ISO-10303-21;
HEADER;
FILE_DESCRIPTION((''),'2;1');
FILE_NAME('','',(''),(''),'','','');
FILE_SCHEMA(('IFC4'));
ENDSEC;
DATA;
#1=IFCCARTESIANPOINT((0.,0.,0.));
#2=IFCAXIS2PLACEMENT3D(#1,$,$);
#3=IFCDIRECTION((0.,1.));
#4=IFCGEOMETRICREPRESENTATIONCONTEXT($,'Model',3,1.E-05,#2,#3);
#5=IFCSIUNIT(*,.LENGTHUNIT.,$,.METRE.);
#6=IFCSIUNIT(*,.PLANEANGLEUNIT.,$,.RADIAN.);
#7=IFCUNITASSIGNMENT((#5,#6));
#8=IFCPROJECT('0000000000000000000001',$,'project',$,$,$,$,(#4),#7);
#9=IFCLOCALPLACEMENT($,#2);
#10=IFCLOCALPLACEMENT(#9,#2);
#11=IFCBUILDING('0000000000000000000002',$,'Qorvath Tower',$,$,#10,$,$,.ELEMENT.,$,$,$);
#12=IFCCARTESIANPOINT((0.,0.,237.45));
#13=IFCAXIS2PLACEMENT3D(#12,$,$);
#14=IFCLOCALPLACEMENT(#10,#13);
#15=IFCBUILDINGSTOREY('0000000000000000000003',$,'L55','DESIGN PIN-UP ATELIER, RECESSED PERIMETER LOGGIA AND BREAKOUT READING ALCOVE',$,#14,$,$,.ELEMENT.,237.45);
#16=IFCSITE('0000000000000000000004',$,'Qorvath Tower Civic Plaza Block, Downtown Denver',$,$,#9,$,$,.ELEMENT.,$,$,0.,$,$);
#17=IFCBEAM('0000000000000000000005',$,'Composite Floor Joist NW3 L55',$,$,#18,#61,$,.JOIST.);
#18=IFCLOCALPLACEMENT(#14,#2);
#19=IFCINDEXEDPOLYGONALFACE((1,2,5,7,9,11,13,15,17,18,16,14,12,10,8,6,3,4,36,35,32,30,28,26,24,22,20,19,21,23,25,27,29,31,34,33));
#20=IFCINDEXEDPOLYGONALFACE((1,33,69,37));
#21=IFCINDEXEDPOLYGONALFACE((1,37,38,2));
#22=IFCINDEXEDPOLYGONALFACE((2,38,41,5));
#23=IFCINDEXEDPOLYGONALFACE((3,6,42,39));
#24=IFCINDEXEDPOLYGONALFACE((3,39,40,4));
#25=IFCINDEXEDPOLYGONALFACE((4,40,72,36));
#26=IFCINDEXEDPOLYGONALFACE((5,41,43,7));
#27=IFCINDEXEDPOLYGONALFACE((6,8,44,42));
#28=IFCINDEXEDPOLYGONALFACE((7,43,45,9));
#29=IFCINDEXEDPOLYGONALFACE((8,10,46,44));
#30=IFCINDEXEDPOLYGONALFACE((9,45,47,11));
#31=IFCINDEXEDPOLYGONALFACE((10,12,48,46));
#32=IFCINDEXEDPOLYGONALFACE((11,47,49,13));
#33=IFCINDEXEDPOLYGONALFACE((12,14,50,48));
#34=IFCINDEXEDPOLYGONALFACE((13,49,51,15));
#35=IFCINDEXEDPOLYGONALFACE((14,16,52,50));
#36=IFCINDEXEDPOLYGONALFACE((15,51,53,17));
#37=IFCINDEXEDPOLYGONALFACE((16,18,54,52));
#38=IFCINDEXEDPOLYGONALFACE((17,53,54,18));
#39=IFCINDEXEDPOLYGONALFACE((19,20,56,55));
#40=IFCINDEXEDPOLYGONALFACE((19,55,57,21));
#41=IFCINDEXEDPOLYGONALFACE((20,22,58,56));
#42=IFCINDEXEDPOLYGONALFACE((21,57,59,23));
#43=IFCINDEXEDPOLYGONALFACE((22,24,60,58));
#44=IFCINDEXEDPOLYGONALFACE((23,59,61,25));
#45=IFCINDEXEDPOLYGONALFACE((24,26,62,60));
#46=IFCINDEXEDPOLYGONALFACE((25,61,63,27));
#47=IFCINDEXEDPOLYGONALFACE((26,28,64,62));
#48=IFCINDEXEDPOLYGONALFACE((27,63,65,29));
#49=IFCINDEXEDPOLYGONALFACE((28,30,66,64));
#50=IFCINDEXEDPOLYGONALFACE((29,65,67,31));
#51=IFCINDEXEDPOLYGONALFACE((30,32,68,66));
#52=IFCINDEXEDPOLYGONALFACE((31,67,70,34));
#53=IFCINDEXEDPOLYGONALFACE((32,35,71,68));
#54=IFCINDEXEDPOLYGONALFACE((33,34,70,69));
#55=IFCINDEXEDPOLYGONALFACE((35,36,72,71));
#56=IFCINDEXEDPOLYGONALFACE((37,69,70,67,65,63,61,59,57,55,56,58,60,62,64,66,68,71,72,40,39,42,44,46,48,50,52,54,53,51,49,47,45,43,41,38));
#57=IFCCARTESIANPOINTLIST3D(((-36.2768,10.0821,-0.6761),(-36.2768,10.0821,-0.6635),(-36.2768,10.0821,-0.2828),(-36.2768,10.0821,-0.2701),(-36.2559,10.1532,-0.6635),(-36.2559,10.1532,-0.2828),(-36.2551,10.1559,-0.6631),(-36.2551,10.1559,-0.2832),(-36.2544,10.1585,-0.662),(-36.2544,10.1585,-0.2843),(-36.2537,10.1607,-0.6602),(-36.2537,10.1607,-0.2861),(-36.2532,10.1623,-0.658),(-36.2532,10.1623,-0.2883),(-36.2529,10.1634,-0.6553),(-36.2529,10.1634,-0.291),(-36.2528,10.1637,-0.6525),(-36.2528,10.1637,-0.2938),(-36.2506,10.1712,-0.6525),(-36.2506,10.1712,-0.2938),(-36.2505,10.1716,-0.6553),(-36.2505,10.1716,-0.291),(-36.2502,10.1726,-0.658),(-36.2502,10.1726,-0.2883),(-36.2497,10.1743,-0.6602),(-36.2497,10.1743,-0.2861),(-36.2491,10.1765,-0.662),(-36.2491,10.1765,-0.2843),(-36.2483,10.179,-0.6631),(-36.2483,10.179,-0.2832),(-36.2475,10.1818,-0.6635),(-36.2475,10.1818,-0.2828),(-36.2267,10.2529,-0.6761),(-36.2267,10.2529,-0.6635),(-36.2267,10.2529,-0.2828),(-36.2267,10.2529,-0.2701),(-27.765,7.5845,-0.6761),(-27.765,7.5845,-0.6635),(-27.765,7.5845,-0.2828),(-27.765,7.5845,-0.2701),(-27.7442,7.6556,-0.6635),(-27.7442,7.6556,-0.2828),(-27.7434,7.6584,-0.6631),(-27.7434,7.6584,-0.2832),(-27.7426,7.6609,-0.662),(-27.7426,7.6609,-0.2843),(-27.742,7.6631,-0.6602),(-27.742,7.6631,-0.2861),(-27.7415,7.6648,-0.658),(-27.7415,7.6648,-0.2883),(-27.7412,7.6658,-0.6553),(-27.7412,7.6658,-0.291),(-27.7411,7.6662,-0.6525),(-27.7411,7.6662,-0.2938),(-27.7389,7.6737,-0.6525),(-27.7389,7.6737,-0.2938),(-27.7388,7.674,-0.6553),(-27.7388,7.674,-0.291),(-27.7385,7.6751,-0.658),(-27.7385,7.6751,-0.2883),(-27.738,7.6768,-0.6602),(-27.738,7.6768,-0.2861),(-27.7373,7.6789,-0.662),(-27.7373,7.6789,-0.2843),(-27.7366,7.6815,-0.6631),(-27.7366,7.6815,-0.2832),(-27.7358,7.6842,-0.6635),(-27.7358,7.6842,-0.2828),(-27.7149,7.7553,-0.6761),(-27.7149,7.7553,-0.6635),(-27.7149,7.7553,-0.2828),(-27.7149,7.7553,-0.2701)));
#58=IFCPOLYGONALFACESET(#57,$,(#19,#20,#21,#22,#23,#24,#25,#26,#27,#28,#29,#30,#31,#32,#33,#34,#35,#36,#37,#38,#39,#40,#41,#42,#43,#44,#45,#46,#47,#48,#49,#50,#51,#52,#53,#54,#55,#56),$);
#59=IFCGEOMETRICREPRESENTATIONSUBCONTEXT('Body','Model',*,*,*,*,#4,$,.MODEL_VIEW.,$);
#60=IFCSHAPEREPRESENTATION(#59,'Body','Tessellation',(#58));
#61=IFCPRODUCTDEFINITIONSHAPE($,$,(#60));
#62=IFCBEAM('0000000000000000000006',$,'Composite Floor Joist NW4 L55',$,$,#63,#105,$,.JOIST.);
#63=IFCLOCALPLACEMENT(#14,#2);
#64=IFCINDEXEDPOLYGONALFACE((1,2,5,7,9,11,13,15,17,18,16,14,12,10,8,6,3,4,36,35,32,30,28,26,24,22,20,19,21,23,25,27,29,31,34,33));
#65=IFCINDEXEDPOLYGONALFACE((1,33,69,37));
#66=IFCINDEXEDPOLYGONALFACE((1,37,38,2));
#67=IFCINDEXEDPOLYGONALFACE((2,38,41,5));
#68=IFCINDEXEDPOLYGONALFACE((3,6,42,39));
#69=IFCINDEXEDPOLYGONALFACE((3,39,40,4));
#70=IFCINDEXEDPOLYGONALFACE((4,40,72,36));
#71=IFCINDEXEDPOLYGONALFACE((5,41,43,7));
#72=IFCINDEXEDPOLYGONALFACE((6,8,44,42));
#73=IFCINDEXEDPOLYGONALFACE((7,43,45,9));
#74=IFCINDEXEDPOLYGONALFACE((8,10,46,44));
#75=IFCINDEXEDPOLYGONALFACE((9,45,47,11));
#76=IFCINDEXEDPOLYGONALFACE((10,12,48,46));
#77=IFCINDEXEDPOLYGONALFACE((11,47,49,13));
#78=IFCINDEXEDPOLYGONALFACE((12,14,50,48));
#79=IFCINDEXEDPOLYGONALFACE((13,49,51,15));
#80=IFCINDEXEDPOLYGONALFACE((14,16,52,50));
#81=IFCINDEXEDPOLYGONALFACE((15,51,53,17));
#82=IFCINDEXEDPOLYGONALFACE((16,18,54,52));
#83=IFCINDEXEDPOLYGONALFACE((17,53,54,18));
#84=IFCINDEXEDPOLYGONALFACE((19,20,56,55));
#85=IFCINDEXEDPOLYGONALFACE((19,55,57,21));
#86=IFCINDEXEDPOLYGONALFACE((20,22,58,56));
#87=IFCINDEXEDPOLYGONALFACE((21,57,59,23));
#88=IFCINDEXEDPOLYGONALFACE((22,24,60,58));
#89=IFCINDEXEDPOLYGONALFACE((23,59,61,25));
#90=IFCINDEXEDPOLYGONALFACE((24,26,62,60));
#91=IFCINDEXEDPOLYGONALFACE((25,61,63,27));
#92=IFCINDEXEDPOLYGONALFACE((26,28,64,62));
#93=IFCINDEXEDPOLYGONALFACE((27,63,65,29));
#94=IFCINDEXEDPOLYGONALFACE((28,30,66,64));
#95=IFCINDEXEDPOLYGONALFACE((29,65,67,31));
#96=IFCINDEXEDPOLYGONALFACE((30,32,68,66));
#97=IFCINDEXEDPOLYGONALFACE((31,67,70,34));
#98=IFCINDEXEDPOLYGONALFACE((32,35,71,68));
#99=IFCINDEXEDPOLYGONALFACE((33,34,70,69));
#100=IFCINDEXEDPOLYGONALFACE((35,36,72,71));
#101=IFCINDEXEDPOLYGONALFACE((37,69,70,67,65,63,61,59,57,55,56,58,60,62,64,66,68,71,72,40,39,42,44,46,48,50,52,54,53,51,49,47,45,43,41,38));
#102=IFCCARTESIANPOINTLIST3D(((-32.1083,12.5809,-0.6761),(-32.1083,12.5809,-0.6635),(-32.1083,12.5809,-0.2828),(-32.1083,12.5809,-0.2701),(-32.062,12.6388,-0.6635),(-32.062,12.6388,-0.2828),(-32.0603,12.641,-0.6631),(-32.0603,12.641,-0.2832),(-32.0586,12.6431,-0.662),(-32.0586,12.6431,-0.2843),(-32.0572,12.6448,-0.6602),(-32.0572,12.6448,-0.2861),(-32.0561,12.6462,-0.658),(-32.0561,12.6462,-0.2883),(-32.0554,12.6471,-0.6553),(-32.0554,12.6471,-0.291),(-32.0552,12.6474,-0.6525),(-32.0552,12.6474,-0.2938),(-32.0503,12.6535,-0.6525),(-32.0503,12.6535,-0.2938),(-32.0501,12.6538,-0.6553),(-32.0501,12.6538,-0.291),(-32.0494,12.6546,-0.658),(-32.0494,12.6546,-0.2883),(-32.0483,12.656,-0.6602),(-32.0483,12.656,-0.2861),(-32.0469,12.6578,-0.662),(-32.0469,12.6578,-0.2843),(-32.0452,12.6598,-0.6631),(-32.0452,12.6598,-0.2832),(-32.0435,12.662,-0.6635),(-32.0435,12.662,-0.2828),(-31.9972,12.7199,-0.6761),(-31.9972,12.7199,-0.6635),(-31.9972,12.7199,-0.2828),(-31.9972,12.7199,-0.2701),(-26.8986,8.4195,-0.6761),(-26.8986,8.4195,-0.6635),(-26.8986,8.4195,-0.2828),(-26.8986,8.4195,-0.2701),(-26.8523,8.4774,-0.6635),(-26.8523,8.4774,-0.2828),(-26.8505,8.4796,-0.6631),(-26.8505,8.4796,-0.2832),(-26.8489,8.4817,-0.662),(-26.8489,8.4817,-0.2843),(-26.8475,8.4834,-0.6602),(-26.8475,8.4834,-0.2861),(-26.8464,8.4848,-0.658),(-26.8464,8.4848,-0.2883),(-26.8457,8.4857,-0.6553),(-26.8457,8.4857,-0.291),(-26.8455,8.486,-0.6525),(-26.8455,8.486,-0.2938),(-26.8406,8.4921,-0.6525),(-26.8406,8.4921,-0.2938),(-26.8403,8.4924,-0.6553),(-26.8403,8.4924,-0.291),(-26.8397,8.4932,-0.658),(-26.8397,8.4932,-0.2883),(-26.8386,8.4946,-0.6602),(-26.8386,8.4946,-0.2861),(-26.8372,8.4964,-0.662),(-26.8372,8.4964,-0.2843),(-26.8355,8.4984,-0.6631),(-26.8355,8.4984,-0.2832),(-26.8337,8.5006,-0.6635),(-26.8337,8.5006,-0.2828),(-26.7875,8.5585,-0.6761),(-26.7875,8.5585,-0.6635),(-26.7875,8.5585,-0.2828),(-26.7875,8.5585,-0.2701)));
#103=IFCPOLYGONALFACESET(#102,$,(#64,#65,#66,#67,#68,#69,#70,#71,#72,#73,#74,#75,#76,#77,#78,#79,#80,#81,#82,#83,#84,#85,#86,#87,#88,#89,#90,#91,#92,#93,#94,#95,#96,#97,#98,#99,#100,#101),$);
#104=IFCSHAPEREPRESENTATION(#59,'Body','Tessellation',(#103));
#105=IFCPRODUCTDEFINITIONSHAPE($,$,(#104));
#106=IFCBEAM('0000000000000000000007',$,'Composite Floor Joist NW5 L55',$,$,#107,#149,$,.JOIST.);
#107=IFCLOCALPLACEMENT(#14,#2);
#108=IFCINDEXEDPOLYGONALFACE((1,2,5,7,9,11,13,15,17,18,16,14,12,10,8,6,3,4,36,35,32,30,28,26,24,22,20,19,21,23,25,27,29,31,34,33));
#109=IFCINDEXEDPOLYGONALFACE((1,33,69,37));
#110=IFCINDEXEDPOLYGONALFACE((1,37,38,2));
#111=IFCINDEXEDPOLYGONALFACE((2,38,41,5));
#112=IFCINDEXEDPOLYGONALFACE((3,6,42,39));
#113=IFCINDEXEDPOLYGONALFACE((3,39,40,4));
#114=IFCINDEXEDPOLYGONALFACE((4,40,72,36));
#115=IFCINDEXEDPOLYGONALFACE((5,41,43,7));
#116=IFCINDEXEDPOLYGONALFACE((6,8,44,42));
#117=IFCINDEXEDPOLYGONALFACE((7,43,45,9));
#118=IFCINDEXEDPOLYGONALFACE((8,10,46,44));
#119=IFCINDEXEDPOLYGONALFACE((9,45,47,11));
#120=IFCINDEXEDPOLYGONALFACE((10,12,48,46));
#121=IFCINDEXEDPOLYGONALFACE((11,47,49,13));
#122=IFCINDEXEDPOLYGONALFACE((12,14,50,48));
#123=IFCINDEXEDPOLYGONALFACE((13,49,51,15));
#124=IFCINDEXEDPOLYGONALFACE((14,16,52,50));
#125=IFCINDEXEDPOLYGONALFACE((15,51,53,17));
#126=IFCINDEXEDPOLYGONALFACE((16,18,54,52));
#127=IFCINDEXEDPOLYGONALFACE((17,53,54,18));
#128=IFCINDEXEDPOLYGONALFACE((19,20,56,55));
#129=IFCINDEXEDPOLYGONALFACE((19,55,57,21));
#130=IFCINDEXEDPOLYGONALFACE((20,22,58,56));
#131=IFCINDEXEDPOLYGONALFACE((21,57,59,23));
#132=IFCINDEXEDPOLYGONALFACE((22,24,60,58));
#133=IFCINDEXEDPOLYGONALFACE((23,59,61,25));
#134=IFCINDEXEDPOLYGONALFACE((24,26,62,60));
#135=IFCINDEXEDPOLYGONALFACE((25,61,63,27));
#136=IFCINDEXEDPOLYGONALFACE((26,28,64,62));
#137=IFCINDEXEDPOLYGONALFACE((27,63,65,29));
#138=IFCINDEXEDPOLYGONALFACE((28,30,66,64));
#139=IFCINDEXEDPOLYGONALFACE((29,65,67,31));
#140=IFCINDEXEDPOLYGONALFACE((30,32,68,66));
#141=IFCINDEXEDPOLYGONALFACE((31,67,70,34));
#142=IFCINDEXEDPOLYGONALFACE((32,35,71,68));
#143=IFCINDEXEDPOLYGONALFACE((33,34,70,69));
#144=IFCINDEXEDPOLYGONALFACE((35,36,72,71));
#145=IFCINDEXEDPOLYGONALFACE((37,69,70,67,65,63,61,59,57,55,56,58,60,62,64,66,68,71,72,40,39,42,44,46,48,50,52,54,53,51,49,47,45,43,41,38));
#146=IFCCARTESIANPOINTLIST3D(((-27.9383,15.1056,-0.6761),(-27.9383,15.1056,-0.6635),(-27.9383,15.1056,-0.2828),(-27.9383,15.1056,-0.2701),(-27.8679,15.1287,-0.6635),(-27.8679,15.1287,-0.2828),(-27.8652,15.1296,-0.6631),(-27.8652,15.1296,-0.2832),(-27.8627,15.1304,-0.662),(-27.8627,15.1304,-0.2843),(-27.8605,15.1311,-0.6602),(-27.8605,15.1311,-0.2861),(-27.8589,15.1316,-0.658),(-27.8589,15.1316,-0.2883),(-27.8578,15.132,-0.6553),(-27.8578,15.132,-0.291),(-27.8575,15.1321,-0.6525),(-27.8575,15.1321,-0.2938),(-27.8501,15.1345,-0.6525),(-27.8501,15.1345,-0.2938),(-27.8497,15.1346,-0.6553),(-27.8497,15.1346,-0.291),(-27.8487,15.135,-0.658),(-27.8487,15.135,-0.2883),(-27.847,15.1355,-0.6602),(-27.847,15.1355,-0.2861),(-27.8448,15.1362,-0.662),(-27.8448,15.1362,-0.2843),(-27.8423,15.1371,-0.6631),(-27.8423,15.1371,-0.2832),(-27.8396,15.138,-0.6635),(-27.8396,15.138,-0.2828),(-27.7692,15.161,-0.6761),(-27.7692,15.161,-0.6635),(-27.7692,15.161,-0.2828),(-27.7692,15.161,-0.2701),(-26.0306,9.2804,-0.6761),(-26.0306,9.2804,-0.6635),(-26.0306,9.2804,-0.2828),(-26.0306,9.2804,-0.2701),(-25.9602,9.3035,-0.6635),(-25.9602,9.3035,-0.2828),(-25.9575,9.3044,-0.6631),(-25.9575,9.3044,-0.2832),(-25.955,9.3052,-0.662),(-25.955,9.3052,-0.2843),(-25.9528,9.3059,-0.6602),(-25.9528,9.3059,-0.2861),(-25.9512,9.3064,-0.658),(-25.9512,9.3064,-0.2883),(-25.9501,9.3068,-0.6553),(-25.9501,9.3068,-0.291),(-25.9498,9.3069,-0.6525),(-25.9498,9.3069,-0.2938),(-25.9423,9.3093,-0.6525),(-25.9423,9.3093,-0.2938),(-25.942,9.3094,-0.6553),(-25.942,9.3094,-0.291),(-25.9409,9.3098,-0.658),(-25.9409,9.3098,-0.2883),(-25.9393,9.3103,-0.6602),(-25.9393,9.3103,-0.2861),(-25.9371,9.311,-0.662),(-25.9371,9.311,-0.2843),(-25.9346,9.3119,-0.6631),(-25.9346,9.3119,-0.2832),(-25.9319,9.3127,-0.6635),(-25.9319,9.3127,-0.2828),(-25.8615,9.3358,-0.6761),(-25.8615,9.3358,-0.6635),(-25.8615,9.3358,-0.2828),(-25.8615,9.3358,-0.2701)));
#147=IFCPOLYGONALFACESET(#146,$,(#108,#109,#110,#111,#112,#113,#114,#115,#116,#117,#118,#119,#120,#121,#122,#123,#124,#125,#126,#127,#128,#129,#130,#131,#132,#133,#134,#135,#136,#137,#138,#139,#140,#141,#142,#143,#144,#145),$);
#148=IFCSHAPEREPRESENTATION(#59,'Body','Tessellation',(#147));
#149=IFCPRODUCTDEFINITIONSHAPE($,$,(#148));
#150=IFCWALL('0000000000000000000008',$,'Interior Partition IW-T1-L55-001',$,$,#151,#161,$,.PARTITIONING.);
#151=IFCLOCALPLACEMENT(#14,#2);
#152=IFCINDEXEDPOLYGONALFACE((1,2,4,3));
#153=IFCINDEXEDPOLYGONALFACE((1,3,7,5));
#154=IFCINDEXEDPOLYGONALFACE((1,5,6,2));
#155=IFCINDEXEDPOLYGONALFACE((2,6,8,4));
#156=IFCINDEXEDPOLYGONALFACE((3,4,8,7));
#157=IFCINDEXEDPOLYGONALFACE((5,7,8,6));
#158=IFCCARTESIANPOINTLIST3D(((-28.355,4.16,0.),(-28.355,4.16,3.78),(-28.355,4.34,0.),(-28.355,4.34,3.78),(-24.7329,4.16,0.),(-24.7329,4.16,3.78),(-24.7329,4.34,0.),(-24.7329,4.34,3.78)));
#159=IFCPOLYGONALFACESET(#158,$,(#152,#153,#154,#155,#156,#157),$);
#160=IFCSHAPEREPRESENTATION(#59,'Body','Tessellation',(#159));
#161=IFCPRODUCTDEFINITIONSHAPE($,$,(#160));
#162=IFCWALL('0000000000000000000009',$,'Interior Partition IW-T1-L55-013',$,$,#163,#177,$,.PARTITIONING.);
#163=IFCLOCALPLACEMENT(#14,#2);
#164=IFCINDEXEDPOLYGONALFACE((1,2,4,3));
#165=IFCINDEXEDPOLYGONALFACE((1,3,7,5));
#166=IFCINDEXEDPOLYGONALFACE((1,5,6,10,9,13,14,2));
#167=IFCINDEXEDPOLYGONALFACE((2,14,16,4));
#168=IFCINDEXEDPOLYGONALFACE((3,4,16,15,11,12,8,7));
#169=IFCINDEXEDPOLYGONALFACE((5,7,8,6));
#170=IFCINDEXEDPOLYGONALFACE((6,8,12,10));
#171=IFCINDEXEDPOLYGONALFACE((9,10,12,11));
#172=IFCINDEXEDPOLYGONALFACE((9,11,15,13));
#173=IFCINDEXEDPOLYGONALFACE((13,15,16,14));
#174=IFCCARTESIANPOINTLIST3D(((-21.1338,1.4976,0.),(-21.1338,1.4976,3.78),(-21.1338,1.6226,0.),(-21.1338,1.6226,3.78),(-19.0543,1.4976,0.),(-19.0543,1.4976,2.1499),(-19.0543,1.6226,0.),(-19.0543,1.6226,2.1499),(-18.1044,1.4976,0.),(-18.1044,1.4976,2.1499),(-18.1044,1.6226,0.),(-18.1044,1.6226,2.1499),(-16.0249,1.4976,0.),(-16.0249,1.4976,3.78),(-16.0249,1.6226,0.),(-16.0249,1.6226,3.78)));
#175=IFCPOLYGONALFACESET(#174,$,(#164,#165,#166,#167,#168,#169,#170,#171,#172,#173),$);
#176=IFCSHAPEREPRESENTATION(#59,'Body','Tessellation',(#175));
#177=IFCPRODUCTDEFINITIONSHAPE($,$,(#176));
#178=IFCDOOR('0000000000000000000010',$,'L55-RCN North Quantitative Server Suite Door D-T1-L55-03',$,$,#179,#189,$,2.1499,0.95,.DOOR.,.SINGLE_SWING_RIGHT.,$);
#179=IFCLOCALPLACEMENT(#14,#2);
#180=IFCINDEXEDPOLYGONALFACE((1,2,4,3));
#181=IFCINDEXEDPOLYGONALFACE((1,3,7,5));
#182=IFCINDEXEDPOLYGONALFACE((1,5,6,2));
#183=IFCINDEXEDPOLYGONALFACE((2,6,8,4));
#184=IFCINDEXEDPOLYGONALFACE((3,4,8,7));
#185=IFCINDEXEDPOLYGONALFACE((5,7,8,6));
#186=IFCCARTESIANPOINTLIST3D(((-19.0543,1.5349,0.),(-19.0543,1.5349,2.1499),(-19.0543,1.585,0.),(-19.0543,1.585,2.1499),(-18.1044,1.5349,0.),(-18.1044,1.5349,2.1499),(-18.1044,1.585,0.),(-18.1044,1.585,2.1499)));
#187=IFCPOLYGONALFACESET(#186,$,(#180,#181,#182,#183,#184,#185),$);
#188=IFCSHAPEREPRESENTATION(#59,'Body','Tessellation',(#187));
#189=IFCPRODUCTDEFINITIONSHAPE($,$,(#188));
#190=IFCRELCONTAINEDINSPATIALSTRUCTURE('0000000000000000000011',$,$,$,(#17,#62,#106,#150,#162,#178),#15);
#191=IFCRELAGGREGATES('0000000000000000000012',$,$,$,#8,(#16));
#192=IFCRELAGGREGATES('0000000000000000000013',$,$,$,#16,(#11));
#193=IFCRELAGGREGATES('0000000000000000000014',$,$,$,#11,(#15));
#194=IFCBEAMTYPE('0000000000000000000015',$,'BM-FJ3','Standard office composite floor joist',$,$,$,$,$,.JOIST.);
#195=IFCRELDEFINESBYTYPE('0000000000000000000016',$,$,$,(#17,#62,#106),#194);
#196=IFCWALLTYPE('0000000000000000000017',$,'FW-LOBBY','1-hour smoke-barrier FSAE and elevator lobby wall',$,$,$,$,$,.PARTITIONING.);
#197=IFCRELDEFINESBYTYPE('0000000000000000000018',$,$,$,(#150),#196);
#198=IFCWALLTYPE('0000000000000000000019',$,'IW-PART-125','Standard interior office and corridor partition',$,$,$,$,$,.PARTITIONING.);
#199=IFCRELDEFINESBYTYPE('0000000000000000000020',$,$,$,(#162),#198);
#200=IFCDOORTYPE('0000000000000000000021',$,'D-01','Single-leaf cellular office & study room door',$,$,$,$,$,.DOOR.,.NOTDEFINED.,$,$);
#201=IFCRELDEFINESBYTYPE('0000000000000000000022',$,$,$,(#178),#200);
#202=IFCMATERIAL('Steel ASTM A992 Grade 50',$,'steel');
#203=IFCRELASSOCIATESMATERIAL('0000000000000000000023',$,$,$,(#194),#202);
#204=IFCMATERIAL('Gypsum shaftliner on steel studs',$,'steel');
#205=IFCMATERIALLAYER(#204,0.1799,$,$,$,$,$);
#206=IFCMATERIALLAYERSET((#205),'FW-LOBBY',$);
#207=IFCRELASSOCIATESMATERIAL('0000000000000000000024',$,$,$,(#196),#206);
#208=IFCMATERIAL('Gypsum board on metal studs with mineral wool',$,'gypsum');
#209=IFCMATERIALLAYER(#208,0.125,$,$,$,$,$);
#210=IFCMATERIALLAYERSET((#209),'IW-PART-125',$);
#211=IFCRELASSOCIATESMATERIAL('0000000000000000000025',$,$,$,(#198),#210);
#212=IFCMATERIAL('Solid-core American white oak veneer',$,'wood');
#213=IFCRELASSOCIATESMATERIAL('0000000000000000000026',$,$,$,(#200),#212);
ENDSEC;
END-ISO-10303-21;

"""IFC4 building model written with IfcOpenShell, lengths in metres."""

from ifc_helpers import new_model, si_unit, direction, frame, frame_2d, origin, origin_2d, place, context, subcontext, project, spatial, rectangle, i_section, extrude, material, layer, layer_set, material_profile, profile_set, type_object, element, fill, save


model = new_model("IFC4")

# Units and contexts
model_context = context("Model", 3, precision=1e-05, world=origin(), true_north=direction((0.0, 1.0)))
body_context = subcontext(model_context, "Body", "Model", "MODEL_VIEW")
ifc_project = project(units=[si_unit("LENGTHUNIT", "METRE"), si_unit("PLANEANGLEUNIT", "RADIAN")], contexts=[model_context])

# Site, building, storey
site_placement = place(None, origin())
site = spatial("IfcSite", under=ifc_project, at=site_placement, Name="Qorvath Tower Civic Plaza Block, Downtown Denver", CompositionType="ELEMENT", RefElevation=0.0)
building_placement = place(site_placement, origin())
building = spatial("IfcBuilding", under=site, at=building_placement, Name="Qorvath Tower", CompositionType="ELEMENT")
storey_placement = place(building_placement, frame((0.0, 0.0, 237.45)))
storey = spatial("IfcBuildingStorey", under=building, at=storey_placement, Name="L55", Description="DESIGN PIN-UP ATELIER, RECESSED PERIMETER LOGGIA AND BREAKOUT READING ALCOVE", CompositionType="ELEMENT", Elevation=237.45)

# Beams
ifc_material_1 = material(Name="Steel ASTM A992 Grade 50", Category="steel")
ifc_material_profile_1 = material_profile(ifc_material_1, i_section(OverallWidth=0.178, OverallDepth=0.406, WebThickness=0.0078, FlangeThickness=0.0127, FilletRadius=0.011, at=origin_2d()), Name="W16x40")
ifc_profile_set_1 = profile_set([ifc_material_profile_1], Name="Steel ASTM A992 Grade 50")
beam_type_1 = type_object("IfcBeamType", Name="BM-FJ3", Description="Standard office composite floor joist", PredefinedType="JOIST", material=ifc_profile_set_1)
beam_1_placement = place(storey_placement, frame((-27.74, 7.6699, -0.4731), z_axis=(-0.959545, 0.281555, 0.0), x_axis=(-0.281555, -0.959545, 0.0)))
element("IfcBeam", 1, at=beam_1_placement, inside=storey, type_object=beam_type_1, Name="Composite Floor Joist NW3 L55", PredefinedType="JOIST", context=body_context, shape_type="SweptSolid", body=[
    extrude(i_section(OverallWidth=0.178, OverallDepth=0.406, WebThickness=0.0078, FlangeThickness=0.0127, FilletRadius=0.011, at=origin_2d()), origin(), (0.0, 0.0, 1.0), 8.8706),
])
beam_2_placement = place(storey_placement, frame((-26.843, 8.489, -0.4731), z_axis=(-0.781337, 0.62411, 0.0), x_axis=(-0.62411, -0.781337, 0.0)))
element("IfcBeam", 2, at=beam_2_placement, inside=storey, type_object=beam_type_1, Name="Composite Floor Joist NW4 L55", PredefinedType="JOIST", context=body_context, shape_type="SweptSolid", body=[
    extrude(i_section(OverallWidth=0.178, OverallDepth=0.406, WebThickness=0.0078, FlangeThickness=0.0127, FilletRadius=0.011, at=origin_2d()), origin(), (0.0, 0.0, 1.0), 6.6677),
])
beam_3_placement = place(storey_placement, frame((-25.946, 9.3081, -0.4731), z_axis=(-0.311229, 0.950335, 0.0), x_axis=(-0.950335, -0.311229, 0.0)))
element("IfcBeam", 3, at=beam_3_placement, inside=storey, type_object=beam_type_1, Name="Composite Floor Joist NW5 L55", PredefinedType="JOIST", context=body_context, shape_type="SweptSolid", body=[
    extrude(i_section(OverallWidth=0.178, OverallDepth=0.406, WebThickness=0.0078, FlangeThickness=0.0127, FilletRadius=0.011, at=origin_2d()), origin(), (0.0, 0.0, 1.0), 6.1296),
])

# Wall
ifc_material_2 = material(Name="Gypsum shaftliner on steel studs", Category="steel")
ifc_layer_1 = layer(ifc_material_2, 0.1799)
ifc_layer_set_1 = layer_set([ifc_layer_1], Name="FW-LOBBY")
wall_type_1 = type_object("IfcWallType", Name="FW-LOBBY", Description="1-hour smoke-barrier FSAE and elevator lobby wall", PredefinedType="PARTITIONING", material=ifc_layer_set_1)
wall_1_placement = place(storey_placement, frame((-28.355, 4.25, 0.0), z_axis=(0.0, 0.0, 1.0), x_axis=(1.0, 0.0, 0.0)))
element("IfcWall", 4, at=wall_1_placement, inside=storey, type_object=wall_type_1, Name="Interior Partition IW-T1-L55-001", PredefinedType="PARTITIONING", context=body_context, shape_type="SweptSolid", body=[
    extrude(rectangle(XDim=3.6221, YDim=0.1799, at=frame_2d((1.811, 0.0))), origin(), (0.0, 0.0, 1.0), 3.78),
])

# Wall, opening, door
ifc_material_3 = material(Name="Gypsum board on metal studs with mineral wool", Category="gypsum")
ifc_layer_2 = layer(ifc_material_3, 0.125)
ifc_layer_set_2 = layer_set([ifc_layer_2], Name="IW-PART-125")
wall_type_2 = type_object("IfcWallType", Name="IW-PART-125", Description="Standard interior office and corridor partition", PredefinedType="PARTITIONING", material=ifc_layer_set_2)
wall_2_placement = place(storey_placement, frame((-21.1338, 1.5601, 0.0), z_axis=(0.0, 0.0, 1.0), x_axis=(1.0, 0.0, 0.0)))
wall_2 = element("IfcWall", 5, at=wall_2_placement, inside=storey, type_object=wall_type_2, Name="Interior Partition IW-T1-L55-013", PredefinedType="PARTITIONING", context=body_context, shape_type="SweptSolid", body=[
    extrude(rectangle(XDim=5.1089, YDim=0.125, at=frame_2d((2.5544, 0.0))), origin(), (0.0, 0.0, 1.0), 3.78),
])
opening_1_placement = place(wall_2_placement, frame((2.0793, 0.0, 0.0)))
opening_1 = element("IfcOpeningElement", 6, at=opening_1_placement, cuts=wall_2, PredefinedType="OPENING", context=body_context, shape_type="SweptSolid", body=[
    extrude(rectangle(XDim=0.95, YDim=2.1499, at=frame_2d((0.4751, 1.075))), frame((0.0, 0.0725, 0.0), z_axis=(0.0, -1.0, 0.0), x_axis=(1.0, 0.0, 0.0)), (0.0, 0.0, 1.0), 0.145),
])
ifc_material_4 = material(Name="Solid-core American white oak veneer", Category="wood")
door_type_1 = type_object("IfcDoorType", Name="D-01", Description="Single-leaf cellular office & study room door", OperationType="NOTDEFINED", PredefinedType="DOOR", material=ifc_material_4)
door_1_placement = place(opening_1_placement, origin())
door_1 = element("IfcDoor", 7, at=door_1_placement, inside=storey, type_object=door_type_1, Name="L55-RCN North Quantitative Server Suite Door D-T1-L55-03", OperationType="SINGLE_SWING_RIGHT", OverallHeight=2.1499, OverallWidth=0.95, PredefinedType="DOOR", context=body_context, shape_type="SweptSolid", body=[
    extrude(rectangle(XDim=0.95, YDim=2.1499, at=frame_2d((0.4751, 1.075))), frame((0.0, 0.0249, 0.0), z_axis=(0.0, -1.0, 0.0), x_axis=(1.0, 0.0, 0.0)), (0.0, 0.0, 1.0), 0.05),
])
fill(opening_1, door_1)

save(model, "model.ifc")
